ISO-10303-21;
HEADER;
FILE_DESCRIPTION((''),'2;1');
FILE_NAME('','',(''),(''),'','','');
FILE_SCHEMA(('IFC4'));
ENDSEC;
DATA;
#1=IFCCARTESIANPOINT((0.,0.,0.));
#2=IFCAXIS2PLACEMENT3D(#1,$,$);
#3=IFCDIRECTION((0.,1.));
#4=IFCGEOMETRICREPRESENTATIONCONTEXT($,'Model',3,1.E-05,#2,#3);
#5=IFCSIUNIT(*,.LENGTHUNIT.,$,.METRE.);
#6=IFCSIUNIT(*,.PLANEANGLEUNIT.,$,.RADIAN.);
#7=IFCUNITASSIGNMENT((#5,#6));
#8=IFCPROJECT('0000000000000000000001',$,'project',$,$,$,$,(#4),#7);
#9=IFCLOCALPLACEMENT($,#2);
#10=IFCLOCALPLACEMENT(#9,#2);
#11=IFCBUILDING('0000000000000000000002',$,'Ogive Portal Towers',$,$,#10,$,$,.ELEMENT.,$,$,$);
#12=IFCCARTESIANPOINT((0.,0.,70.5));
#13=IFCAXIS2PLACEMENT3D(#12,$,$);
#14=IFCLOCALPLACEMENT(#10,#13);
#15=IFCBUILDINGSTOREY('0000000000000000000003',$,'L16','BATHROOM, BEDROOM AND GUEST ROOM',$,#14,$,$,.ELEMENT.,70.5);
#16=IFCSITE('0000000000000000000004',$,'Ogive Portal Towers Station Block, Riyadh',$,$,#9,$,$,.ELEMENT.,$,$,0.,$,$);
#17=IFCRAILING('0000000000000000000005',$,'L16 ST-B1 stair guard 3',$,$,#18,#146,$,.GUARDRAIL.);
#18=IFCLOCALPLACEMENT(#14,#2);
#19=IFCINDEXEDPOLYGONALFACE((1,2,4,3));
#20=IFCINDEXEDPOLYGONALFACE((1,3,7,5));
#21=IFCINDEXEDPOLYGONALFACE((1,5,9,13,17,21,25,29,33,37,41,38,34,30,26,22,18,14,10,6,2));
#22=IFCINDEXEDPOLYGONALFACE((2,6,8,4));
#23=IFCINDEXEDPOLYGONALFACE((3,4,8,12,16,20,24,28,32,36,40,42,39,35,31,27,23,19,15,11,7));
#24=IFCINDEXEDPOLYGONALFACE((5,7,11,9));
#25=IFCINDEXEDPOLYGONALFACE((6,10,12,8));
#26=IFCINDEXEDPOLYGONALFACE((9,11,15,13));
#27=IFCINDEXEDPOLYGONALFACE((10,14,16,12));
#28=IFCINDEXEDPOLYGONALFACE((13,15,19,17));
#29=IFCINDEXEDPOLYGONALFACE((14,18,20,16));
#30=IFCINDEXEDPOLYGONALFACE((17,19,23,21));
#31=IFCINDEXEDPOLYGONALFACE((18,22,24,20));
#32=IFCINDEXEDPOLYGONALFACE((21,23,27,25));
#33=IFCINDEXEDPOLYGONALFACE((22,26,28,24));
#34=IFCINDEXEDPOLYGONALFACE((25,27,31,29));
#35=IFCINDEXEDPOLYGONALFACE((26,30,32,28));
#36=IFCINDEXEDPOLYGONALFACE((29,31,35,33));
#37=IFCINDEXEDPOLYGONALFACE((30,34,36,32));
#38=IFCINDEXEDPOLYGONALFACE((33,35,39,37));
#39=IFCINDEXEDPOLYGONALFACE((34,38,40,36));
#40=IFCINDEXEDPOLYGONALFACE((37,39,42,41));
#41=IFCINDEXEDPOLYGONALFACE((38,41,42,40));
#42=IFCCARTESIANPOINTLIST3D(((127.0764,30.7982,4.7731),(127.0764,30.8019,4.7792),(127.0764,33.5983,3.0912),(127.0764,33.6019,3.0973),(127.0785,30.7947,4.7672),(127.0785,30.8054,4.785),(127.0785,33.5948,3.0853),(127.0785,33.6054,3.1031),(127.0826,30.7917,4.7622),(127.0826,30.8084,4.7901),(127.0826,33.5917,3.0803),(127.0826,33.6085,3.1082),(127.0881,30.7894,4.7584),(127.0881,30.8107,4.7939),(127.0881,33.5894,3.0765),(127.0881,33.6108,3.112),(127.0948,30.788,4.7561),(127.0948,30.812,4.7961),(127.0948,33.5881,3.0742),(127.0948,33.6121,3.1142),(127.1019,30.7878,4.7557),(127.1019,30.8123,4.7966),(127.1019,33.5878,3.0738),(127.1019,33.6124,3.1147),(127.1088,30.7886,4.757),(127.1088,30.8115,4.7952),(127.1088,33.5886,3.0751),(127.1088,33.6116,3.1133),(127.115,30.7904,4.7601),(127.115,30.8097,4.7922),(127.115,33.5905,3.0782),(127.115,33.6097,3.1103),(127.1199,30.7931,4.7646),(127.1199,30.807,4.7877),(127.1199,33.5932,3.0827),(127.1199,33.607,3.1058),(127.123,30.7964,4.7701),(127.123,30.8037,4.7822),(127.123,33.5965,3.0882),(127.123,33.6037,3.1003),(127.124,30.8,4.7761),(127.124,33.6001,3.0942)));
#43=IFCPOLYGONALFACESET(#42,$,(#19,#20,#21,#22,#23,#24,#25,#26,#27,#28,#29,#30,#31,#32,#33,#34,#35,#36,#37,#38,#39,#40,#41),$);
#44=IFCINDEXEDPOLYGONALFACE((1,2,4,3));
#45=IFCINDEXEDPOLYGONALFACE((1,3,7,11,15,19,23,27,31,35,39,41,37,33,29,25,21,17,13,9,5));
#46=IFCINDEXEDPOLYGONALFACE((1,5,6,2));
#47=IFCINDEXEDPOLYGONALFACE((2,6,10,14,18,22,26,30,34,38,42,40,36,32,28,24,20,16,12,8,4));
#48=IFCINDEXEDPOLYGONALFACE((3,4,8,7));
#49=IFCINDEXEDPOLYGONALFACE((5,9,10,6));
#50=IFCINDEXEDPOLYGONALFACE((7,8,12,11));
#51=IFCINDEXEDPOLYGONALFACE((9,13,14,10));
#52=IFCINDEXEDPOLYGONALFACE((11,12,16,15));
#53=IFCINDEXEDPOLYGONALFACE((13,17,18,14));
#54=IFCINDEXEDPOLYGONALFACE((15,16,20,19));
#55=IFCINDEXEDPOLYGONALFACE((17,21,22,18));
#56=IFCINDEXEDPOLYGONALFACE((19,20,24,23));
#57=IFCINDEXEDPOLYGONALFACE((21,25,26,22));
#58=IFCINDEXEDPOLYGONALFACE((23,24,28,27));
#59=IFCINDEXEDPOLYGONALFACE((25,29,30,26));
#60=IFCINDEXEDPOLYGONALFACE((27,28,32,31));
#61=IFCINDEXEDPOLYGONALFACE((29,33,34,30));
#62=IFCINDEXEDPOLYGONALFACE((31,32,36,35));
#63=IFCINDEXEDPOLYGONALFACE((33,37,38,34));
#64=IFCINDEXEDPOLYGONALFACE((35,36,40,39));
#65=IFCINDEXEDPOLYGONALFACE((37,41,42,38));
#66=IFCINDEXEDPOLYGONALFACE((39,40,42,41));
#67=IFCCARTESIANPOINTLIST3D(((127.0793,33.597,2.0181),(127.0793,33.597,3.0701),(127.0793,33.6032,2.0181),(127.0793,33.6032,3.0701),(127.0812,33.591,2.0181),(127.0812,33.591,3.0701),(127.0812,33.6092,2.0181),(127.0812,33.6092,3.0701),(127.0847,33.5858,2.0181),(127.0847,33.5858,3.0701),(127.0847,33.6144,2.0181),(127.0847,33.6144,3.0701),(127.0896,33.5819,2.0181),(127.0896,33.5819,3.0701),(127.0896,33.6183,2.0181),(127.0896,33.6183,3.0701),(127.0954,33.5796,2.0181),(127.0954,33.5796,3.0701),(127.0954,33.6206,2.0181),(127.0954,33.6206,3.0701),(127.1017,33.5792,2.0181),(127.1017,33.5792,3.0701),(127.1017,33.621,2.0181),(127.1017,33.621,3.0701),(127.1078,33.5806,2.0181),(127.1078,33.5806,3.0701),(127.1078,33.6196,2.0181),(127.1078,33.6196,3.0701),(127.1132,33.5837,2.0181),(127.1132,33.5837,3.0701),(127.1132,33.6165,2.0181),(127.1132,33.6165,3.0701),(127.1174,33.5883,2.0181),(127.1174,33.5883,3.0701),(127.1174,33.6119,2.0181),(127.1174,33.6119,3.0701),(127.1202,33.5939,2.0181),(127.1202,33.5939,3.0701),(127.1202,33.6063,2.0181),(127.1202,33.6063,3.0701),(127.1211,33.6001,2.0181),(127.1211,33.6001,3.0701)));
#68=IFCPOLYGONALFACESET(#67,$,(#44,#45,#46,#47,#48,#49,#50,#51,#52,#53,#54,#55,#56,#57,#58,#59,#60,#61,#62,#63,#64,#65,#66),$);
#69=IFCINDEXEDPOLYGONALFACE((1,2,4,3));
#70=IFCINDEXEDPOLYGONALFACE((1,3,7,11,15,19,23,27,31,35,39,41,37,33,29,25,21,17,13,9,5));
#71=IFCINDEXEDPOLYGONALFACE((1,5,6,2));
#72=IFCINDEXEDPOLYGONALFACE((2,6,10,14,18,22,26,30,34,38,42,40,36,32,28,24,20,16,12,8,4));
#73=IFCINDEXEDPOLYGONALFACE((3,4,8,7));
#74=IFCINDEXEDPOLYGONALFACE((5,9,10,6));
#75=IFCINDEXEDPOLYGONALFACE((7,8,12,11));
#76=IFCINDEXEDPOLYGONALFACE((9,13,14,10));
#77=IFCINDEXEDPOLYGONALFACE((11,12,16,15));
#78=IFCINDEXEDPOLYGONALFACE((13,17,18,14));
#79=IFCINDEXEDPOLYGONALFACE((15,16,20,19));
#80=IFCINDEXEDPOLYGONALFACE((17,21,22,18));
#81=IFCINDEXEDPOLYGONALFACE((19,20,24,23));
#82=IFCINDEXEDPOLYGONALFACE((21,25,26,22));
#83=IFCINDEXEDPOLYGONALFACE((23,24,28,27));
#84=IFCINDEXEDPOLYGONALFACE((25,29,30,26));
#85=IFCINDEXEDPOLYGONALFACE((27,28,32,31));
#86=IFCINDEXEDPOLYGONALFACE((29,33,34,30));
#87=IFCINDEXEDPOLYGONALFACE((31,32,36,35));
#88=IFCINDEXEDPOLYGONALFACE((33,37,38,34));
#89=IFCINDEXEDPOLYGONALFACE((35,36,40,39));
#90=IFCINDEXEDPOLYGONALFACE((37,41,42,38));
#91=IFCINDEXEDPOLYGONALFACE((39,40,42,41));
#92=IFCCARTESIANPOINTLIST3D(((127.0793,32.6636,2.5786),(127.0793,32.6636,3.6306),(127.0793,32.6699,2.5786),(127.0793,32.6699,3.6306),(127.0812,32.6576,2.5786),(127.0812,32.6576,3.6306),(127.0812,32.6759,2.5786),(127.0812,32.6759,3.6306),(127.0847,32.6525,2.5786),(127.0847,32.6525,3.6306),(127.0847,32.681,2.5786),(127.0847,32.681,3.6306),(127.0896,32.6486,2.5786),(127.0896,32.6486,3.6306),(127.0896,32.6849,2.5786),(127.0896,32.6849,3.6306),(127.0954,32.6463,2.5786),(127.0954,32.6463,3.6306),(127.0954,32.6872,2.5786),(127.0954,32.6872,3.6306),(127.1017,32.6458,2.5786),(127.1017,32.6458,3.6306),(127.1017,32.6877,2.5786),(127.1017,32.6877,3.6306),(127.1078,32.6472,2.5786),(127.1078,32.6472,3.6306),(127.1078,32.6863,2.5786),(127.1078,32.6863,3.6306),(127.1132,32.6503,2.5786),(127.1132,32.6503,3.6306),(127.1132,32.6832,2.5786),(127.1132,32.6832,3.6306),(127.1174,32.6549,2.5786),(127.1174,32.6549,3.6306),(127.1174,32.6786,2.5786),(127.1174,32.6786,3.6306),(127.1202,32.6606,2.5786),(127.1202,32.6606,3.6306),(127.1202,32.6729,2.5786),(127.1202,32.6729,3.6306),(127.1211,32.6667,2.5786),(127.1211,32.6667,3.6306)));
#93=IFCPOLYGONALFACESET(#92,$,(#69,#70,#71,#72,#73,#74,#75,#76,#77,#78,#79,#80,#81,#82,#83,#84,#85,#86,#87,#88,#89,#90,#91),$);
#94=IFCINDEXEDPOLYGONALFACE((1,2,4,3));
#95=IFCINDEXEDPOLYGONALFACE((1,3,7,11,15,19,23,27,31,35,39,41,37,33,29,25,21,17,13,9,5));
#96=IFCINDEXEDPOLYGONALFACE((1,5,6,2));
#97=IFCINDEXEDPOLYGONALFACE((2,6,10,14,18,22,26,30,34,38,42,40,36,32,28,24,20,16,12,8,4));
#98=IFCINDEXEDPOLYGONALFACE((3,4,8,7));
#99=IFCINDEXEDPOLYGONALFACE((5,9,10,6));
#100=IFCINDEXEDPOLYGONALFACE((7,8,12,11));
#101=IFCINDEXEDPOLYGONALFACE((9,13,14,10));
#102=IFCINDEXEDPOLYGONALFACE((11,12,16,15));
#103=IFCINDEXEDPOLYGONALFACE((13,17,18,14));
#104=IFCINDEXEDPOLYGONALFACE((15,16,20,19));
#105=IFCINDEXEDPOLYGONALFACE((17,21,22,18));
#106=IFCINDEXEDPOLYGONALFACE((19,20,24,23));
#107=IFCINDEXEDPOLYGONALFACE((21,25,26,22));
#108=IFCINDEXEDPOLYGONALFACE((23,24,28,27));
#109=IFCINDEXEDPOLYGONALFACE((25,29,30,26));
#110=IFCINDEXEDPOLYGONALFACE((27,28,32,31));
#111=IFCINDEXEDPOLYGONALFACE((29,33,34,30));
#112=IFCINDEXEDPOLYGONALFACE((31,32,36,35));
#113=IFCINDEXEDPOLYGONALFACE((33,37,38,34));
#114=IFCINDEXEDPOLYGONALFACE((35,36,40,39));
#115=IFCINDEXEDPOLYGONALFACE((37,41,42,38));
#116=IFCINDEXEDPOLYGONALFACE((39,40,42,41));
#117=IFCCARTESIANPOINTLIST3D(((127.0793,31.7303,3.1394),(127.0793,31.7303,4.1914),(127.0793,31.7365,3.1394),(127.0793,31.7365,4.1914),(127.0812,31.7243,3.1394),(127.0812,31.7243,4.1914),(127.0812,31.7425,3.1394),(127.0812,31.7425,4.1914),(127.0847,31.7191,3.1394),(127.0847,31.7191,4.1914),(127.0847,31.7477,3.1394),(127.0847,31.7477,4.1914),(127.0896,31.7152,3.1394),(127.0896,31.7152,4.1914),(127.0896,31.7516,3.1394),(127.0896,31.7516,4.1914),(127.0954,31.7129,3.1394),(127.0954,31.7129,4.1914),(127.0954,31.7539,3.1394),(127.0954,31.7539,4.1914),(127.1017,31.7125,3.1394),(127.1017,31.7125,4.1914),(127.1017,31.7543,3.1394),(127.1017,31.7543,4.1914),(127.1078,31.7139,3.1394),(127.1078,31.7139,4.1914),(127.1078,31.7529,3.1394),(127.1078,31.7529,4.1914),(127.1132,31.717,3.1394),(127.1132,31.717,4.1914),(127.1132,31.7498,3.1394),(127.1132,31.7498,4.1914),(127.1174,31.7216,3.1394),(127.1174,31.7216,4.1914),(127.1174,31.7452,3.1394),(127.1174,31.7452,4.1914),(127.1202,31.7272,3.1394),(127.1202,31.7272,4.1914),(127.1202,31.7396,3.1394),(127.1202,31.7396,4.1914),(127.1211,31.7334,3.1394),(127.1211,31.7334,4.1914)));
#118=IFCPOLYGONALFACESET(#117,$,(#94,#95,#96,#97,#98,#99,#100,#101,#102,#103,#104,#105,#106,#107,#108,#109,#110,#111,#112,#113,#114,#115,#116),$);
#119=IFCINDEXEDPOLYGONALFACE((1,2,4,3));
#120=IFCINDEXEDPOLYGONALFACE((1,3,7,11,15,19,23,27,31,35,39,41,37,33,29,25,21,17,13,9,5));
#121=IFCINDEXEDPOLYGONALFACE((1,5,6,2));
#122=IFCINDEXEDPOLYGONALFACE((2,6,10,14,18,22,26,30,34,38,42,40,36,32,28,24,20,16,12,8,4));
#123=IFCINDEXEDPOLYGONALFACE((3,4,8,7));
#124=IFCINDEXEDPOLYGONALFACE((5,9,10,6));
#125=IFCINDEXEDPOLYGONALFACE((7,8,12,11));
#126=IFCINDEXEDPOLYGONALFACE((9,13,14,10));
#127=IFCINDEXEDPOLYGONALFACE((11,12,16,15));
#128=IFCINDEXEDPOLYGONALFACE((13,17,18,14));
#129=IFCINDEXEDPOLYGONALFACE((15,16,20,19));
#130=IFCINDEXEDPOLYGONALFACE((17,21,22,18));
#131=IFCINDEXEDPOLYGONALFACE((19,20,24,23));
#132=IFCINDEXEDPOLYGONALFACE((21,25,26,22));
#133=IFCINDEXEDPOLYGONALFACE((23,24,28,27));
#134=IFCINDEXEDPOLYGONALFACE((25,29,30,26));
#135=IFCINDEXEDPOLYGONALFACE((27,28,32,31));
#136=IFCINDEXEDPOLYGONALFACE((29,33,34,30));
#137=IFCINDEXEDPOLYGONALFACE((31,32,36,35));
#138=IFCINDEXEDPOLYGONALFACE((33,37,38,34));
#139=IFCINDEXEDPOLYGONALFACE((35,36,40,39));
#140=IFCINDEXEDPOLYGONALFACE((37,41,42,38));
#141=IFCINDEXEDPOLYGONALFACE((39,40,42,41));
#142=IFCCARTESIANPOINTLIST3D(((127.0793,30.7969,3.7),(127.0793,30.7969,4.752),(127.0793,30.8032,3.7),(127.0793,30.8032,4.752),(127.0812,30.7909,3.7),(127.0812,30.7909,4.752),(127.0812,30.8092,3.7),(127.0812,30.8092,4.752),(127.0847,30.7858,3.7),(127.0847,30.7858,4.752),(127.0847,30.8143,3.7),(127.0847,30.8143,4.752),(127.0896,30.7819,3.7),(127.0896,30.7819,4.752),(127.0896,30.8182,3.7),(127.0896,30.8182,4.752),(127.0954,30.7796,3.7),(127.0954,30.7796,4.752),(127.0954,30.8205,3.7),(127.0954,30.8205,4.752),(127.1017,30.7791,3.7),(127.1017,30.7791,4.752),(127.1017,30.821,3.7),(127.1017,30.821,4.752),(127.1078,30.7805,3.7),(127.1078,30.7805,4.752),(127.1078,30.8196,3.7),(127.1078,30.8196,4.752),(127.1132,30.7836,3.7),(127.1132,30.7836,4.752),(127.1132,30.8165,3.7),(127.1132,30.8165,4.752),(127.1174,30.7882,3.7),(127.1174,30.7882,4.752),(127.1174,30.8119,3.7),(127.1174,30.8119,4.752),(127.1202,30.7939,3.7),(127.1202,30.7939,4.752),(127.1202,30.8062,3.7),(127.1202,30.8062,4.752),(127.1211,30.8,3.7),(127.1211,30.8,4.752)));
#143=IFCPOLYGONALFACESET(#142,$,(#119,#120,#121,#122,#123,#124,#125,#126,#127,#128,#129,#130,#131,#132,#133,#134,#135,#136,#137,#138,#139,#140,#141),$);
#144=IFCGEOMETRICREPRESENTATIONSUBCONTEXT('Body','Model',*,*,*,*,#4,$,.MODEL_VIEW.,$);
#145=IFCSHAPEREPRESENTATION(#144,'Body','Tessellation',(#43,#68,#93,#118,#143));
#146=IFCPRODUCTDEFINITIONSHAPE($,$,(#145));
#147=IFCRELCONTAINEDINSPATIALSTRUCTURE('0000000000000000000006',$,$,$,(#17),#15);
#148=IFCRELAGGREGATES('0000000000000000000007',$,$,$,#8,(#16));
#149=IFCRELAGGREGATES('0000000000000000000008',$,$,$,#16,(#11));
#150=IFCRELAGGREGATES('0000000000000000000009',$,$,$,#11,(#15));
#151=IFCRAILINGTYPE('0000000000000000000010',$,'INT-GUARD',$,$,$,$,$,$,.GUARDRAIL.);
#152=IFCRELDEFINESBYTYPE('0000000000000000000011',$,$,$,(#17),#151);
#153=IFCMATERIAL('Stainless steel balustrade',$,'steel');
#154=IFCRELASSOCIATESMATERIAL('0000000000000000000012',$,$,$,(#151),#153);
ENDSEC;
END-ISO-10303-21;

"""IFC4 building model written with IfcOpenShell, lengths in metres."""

from ifc_helpers import new_model, si_unit, direction, frame, origin, origin_2d, place, context, subcontext, project, spatial, circle, extrude, material, type_object, element, save


model = new_model("IFC4")

# Units and contexts
model_context = context("Model", 3, precision=1e-05, world=origin(), true_north=direction((0.0, 1.0)))
body_context = subcontext(model_context, "Body", "Model", "MODEL_VIEW")
ifc_project = project(units=[si_unit("LENGTHUNIT", "METRE"), si_unit("PLANEANGLEUNIT", "RADIAN")], contexts=[model_context])

# Site, building, storey
site_placement = place(None, origin())
site = spatial("IfcSite", under=ifc_project, at=site_placement, Name="Ogive Portal Towers Station Block, Riyadh", CompositionType="ELEMENT", RefElevation=0.0)
building_placement = place(site_placement, origin())
building = spatial("IfcBuilding", under=site, at=building_placement, Name="Ogive Portal Towers", CompositionType="ELEMENT")
storey_placement = place(building_placement, frame((0.0, 0.0, 70.5)))
storey = spatial("IfcBuildingStorey", under=building, at=storey_placement, Name="L16", Description="BATHROOM, BEDROOM AND GUEST ROOM", CompositionType="ELEMENT", Elevation=70.5)

# Railing
ifc_material_1 = material(Name="Stainless steel balustrade", Category="steel")
railing_type_1 = type_object("IfcRailingType", Name="INT-GUARD", PredefinedType="GUARDRAIL", material=ifc_material_1)
railing_1_placement = place(storey_placement, frame((127.1001, 33.6001, 2.0181)))
element("IfcRailing", 1, at=railing_1_placement, inside=storey, type_object=railing_type_1, Name="L16 ST-B1 stair guard 3", PredefinedType="GUARDRAIL", context=body_context, shape_type="SweptSolid", body=[
    extrude(circle(Radius=0.0239, at=origin_2d()), frame((0.0, 0.0, 1.0762), z_axis=(0.0, -0.857242, 0.514913), x_axis=(1.0, 0.0, 0.0)), (0.0, 0.0, 1.0), 3.2664),
    extrude(circle(Radius=0.021, at=origin_2d()), origin(), (0.0, 0.0, 1.0), 1.052),
    extrude(circle(Radius=0.021, at=origin_2d()), frame((0.0, -0.9333, 0.5605)), (0.0, 0.0, 1.0), 1.052),
    extrude(circle(Radius=0.021, at=origin_2d()), frame((0.0, -1.8667, 1.1213)), (0.0, 0.0, 1.0), 1.052),
    extrude(circle(Radius=0.021, at=origin_2d()), frame((0.0, -2.8, 1.6819)), (0.0, 0.0, 1.0), 1.052),
])

save(model, "model.ifc")
